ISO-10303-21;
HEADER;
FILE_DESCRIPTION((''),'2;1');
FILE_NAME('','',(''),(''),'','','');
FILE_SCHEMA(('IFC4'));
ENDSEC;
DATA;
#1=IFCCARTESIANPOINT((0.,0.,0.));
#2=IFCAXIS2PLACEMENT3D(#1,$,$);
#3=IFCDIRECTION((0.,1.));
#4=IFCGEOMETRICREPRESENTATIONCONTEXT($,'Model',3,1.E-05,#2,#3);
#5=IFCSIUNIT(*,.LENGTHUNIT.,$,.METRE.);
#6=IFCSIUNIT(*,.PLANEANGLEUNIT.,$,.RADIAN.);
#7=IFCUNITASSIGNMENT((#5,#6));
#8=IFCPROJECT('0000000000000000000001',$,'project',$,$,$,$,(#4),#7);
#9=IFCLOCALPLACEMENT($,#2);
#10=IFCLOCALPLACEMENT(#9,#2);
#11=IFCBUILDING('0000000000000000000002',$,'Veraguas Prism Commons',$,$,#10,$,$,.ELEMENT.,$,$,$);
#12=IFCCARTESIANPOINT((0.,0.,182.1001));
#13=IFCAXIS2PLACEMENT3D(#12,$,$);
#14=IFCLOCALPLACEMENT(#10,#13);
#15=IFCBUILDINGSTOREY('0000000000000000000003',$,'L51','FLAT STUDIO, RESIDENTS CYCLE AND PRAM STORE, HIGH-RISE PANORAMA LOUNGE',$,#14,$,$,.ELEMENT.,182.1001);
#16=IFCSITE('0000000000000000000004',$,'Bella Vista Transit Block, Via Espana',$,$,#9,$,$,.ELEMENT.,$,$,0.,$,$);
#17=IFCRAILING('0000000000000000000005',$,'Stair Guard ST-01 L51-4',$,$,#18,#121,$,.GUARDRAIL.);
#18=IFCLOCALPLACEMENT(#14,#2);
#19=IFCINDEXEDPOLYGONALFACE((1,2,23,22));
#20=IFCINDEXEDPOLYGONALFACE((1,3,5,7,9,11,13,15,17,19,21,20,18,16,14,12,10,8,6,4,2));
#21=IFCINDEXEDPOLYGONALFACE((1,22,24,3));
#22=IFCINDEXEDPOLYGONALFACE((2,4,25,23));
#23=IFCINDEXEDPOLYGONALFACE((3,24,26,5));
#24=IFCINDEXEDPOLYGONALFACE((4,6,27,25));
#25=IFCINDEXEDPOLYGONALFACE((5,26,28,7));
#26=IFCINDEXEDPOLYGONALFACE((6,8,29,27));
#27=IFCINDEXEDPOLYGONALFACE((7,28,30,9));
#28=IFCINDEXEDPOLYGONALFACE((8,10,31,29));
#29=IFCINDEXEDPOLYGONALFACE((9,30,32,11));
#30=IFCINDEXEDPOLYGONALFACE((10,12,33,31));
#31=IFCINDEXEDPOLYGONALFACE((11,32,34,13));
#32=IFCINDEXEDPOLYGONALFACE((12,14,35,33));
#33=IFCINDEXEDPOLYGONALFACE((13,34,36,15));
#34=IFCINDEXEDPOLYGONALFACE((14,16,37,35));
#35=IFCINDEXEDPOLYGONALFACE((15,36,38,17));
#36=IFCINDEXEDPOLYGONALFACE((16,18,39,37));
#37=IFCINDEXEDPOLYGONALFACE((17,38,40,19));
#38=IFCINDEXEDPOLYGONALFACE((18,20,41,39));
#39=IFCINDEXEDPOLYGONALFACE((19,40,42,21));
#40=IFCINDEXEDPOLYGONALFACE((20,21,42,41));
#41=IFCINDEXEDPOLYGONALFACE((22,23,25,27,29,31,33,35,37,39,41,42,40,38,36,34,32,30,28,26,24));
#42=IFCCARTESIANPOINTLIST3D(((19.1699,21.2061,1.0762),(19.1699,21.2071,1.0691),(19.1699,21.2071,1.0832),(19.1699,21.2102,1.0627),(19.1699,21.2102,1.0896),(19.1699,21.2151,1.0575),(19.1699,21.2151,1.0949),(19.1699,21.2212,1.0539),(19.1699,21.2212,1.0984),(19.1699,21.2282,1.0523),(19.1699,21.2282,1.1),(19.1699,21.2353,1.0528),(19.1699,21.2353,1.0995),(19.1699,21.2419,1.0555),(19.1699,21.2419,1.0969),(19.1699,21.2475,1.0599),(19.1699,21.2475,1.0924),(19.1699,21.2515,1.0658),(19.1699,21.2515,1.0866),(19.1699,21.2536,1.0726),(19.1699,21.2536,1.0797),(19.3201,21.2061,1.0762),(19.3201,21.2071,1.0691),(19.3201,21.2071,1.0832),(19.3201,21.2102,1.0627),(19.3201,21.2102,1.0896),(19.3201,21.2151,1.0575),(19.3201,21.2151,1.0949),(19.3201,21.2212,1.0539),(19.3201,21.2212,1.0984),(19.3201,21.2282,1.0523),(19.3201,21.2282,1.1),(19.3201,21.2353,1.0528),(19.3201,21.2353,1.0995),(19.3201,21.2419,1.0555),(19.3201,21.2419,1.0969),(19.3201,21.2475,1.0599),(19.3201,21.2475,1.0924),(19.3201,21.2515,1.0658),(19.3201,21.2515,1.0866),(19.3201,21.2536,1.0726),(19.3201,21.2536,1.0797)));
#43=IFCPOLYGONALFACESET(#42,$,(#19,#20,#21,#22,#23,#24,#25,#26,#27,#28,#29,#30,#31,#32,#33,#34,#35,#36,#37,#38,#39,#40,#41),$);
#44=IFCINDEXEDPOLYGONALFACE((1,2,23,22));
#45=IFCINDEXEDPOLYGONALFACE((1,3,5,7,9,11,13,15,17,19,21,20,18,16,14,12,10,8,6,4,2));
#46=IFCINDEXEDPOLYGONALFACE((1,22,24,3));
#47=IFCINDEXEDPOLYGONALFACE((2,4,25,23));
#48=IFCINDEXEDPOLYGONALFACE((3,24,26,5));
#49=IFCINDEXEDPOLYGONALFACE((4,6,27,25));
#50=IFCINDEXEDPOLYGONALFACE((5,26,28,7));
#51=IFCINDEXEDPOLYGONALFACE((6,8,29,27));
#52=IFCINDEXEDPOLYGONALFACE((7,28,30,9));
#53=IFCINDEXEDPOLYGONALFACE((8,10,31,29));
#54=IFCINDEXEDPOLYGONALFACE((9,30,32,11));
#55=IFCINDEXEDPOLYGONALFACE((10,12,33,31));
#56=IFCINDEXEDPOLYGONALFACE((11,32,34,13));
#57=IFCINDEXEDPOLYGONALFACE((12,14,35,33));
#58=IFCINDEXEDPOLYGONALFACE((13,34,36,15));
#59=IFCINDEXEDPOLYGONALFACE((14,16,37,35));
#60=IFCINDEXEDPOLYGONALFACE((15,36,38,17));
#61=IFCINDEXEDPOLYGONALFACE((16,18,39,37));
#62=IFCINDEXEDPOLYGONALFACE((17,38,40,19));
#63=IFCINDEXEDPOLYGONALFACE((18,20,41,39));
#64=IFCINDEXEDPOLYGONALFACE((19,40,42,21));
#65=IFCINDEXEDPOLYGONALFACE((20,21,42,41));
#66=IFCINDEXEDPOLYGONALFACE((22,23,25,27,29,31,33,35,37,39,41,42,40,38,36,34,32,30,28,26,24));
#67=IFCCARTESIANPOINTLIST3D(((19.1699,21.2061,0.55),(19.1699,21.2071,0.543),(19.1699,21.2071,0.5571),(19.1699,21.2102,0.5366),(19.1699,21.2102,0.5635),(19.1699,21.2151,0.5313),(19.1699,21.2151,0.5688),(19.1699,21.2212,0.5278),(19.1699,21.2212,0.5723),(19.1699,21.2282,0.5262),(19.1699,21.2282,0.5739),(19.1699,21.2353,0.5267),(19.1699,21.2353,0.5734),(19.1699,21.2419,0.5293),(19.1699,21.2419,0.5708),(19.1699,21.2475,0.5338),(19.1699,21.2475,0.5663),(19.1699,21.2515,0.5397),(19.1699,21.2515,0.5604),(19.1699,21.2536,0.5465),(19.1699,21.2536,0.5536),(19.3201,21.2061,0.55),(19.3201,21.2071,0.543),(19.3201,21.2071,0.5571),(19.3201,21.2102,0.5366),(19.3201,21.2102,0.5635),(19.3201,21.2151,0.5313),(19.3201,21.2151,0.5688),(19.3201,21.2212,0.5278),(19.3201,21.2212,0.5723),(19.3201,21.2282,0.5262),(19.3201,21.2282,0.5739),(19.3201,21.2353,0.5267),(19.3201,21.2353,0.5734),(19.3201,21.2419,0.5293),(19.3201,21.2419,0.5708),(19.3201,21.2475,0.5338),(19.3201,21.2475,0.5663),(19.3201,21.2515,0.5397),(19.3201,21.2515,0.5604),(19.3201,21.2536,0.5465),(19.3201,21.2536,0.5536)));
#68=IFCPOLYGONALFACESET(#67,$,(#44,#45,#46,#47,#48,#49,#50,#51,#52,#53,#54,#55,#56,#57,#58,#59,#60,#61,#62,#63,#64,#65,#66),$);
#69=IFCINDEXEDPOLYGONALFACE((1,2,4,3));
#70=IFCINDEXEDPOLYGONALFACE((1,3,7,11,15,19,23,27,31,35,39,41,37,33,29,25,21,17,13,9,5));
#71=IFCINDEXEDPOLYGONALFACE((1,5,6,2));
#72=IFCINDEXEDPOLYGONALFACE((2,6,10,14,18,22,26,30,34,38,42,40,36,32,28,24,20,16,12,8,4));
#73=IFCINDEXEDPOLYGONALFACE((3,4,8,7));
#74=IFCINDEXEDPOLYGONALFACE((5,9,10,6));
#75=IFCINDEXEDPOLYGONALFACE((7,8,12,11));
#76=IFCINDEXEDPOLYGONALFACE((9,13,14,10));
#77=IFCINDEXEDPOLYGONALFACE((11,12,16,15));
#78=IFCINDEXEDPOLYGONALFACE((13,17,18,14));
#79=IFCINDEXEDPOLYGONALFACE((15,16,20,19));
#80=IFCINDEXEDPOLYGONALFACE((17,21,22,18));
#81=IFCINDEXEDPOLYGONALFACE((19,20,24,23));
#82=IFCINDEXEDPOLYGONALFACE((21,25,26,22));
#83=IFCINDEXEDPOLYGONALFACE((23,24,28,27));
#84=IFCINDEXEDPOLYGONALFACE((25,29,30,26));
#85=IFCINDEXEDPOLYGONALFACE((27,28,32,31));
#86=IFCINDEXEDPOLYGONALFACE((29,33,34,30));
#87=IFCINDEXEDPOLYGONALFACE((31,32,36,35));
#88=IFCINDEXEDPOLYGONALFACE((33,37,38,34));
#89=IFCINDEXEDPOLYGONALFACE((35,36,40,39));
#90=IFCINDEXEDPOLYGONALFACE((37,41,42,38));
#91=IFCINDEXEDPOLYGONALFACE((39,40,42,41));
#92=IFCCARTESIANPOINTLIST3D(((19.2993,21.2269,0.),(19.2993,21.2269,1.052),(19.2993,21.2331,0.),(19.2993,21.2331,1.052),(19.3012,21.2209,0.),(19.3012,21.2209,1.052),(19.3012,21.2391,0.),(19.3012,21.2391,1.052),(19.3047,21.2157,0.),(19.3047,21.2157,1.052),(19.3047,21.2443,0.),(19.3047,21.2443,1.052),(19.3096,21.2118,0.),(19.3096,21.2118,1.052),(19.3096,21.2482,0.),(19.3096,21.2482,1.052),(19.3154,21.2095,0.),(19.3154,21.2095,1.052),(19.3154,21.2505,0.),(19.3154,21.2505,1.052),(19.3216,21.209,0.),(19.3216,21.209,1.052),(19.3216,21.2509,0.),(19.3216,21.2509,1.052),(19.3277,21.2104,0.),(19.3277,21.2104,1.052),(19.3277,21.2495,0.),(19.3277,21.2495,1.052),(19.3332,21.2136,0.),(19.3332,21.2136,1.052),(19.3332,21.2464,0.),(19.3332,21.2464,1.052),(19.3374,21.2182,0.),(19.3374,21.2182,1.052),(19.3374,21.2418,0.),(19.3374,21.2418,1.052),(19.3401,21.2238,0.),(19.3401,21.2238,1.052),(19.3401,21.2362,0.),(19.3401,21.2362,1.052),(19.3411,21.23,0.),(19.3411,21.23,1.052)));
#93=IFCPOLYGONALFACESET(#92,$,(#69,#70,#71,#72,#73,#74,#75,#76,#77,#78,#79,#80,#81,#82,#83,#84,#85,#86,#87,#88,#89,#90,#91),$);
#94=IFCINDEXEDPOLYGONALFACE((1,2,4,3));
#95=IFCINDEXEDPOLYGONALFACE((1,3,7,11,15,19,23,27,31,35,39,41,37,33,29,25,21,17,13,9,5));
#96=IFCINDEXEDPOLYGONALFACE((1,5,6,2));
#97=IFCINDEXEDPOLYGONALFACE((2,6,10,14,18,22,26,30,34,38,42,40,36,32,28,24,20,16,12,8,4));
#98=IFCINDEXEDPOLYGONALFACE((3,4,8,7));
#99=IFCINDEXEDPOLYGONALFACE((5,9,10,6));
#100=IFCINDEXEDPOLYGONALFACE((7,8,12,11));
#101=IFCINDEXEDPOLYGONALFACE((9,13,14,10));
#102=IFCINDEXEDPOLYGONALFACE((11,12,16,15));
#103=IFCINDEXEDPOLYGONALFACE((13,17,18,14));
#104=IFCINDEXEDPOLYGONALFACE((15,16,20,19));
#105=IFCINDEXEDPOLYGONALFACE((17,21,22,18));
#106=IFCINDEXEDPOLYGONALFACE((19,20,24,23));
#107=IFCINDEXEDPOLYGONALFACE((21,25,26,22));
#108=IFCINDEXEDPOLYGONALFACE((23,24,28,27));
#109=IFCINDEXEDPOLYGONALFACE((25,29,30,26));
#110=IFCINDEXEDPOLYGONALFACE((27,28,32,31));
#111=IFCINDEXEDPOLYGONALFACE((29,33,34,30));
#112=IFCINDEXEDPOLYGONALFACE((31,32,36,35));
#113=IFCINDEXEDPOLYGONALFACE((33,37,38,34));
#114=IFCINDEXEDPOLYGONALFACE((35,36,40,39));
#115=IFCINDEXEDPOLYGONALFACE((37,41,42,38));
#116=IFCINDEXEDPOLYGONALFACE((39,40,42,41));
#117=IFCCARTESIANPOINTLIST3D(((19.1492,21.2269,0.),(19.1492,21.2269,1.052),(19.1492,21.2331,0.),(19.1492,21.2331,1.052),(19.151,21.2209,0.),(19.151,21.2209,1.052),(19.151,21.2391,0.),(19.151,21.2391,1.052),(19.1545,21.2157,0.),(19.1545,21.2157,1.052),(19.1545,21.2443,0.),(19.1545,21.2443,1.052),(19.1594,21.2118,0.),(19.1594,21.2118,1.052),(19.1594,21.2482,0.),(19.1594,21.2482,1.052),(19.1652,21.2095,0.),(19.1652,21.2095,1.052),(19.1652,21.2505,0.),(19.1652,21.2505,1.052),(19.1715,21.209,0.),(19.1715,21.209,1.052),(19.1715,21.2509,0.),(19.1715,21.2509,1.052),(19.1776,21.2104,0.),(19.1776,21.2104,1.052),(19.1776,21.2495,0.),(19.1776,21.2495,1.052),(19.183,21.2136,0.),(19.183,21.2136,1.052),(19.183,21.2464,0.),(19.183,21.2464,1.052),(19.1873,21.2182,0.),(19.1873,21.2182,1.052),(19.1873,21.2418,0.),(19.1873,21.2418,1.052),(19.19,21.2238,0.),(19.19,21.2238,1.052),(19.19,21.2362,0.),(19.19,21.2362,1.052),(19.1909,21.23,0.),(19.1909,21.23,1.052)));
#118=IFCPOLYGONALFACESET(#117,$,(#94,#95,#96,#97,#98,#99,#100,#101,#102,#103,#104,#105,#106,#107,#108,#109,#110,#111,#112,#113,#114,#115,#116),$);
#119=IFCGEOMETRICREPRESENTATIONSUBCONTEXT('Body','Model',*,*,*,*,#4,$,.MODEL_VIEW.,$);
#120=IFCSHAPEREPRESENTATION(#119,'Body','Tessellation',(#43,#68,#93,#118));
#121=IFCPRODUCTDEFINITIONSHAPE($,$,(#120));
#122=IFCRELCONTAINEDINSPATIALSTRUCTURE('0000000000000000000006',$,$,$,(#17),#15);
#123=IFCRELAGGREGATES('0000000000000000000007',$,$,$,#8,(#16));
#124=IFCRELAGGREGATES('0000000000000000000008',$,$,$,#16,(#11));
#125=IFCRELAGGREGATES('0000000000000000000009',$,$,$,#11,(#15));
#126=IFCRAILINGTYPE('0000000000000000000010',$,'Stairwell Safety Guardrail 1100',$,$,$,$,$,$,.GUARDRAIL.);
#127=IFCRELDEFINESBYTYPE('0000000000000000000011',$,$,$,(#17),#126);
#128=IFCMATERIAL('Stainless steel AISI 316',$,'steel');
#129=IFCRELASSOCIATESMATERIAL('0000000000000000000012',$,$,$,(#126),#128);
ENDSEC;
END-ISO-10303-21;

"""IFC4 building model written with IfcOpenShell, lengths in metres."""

from ifc_helpers import new_model, si_unit, direction, frame, origin, origin_2d, place, context, subcontext, project, spatial, circle, extrude, material, type_object, element, save


model = new_model("IFC4")

# Units and contexts
model_context = context("Model", 3, precision=1e-05, world=origin(), true_north=direction((0.0, 1.0)))
body_context = subcontext(model_context, "Body", "Model", "MODEL_VIEW")
ifc_project = project(units=[si_unit("LENGTHUNIT", "METRE"), si_unit("PLANEANGLEUNIT", "RADIAN")], contexts=[model_context])

# Site, building, storey
site_placement = place(None, origin())
site = spatial("IfcSite", under=ifc_project, at=site_placement, Name="Bella Vista Transit Block, Via Espana", CompositionType="ELEMENT", RefElevation=0.0)
building_placement = place(site_placement, origin())
building = spatial("IfcBuilding", under=site, at=building_placement, Name="Veraguas Prism Commons", CompositionType="ELEMENT")
storey_placement = place(building_placement, frame((0.0, 0.0, 182.1001)))
storey = spatial("IfcBuildingStorey", under=building, at=storey_placement, Name="L51", Description="FLAT STUDIO, RESIDENTS CYCLE AND PRAM STORE, HIGH-RISE PANORAMA LOUNGE", CompositionType="ELEMENT", Elevation=182.1001)

# Railing
ifc_material_1 = material(Name="Stainless steel AISI 316", Category="steel")
railing_type_1 = type_object("IfcRailingType", Name="Stairwell Safety Guardrail 1100", PredefinedType="GUARDRAIL", material=ifc_material_1)
railing_1_placement = place(storey_placement, frame((19.3201, 21.23, 0.0)))
element("IfcRailing", 1, at=railing_1_placement, inside=storey, type_object=railing_type_1, Name="Stair Guard ST-01 L51-4", PredefinedType="GUARDRAIL", context=body_context, shape_type="SweptSolid", body=[
    extrude(circle(Radius=0.0239, at=origin_2d()), frame((0.0, 0.0, 1.0762), z_axis=(-1.0, 0.0, 0.0), x_axis=(0.0, -1.0, 0.0)), (0.0, 0.0, 1.0), 0.1501),
    extrude(circle(Radius=0.0239, at=origin_2d()), frame((0.0, 0.0, 0.55), z_axis=(-1.0, 0.0, 0.0), x_axis=(0.0, -1.0, 0.0)), (0.0, 0.0, 1.0), 0.1501),
    extrude(circle(Radius=0.021, at=origin_2d()), origin(), (0.0, 0.0, 1.0), 1.052),
    extrude(circle(Radius=0.021, at=origin_2d()), frame((-0.1501, 0.0, 0.0)), (0.0, 0.0, 1.0), 1.052),
])

save(model, "model.ifc")
